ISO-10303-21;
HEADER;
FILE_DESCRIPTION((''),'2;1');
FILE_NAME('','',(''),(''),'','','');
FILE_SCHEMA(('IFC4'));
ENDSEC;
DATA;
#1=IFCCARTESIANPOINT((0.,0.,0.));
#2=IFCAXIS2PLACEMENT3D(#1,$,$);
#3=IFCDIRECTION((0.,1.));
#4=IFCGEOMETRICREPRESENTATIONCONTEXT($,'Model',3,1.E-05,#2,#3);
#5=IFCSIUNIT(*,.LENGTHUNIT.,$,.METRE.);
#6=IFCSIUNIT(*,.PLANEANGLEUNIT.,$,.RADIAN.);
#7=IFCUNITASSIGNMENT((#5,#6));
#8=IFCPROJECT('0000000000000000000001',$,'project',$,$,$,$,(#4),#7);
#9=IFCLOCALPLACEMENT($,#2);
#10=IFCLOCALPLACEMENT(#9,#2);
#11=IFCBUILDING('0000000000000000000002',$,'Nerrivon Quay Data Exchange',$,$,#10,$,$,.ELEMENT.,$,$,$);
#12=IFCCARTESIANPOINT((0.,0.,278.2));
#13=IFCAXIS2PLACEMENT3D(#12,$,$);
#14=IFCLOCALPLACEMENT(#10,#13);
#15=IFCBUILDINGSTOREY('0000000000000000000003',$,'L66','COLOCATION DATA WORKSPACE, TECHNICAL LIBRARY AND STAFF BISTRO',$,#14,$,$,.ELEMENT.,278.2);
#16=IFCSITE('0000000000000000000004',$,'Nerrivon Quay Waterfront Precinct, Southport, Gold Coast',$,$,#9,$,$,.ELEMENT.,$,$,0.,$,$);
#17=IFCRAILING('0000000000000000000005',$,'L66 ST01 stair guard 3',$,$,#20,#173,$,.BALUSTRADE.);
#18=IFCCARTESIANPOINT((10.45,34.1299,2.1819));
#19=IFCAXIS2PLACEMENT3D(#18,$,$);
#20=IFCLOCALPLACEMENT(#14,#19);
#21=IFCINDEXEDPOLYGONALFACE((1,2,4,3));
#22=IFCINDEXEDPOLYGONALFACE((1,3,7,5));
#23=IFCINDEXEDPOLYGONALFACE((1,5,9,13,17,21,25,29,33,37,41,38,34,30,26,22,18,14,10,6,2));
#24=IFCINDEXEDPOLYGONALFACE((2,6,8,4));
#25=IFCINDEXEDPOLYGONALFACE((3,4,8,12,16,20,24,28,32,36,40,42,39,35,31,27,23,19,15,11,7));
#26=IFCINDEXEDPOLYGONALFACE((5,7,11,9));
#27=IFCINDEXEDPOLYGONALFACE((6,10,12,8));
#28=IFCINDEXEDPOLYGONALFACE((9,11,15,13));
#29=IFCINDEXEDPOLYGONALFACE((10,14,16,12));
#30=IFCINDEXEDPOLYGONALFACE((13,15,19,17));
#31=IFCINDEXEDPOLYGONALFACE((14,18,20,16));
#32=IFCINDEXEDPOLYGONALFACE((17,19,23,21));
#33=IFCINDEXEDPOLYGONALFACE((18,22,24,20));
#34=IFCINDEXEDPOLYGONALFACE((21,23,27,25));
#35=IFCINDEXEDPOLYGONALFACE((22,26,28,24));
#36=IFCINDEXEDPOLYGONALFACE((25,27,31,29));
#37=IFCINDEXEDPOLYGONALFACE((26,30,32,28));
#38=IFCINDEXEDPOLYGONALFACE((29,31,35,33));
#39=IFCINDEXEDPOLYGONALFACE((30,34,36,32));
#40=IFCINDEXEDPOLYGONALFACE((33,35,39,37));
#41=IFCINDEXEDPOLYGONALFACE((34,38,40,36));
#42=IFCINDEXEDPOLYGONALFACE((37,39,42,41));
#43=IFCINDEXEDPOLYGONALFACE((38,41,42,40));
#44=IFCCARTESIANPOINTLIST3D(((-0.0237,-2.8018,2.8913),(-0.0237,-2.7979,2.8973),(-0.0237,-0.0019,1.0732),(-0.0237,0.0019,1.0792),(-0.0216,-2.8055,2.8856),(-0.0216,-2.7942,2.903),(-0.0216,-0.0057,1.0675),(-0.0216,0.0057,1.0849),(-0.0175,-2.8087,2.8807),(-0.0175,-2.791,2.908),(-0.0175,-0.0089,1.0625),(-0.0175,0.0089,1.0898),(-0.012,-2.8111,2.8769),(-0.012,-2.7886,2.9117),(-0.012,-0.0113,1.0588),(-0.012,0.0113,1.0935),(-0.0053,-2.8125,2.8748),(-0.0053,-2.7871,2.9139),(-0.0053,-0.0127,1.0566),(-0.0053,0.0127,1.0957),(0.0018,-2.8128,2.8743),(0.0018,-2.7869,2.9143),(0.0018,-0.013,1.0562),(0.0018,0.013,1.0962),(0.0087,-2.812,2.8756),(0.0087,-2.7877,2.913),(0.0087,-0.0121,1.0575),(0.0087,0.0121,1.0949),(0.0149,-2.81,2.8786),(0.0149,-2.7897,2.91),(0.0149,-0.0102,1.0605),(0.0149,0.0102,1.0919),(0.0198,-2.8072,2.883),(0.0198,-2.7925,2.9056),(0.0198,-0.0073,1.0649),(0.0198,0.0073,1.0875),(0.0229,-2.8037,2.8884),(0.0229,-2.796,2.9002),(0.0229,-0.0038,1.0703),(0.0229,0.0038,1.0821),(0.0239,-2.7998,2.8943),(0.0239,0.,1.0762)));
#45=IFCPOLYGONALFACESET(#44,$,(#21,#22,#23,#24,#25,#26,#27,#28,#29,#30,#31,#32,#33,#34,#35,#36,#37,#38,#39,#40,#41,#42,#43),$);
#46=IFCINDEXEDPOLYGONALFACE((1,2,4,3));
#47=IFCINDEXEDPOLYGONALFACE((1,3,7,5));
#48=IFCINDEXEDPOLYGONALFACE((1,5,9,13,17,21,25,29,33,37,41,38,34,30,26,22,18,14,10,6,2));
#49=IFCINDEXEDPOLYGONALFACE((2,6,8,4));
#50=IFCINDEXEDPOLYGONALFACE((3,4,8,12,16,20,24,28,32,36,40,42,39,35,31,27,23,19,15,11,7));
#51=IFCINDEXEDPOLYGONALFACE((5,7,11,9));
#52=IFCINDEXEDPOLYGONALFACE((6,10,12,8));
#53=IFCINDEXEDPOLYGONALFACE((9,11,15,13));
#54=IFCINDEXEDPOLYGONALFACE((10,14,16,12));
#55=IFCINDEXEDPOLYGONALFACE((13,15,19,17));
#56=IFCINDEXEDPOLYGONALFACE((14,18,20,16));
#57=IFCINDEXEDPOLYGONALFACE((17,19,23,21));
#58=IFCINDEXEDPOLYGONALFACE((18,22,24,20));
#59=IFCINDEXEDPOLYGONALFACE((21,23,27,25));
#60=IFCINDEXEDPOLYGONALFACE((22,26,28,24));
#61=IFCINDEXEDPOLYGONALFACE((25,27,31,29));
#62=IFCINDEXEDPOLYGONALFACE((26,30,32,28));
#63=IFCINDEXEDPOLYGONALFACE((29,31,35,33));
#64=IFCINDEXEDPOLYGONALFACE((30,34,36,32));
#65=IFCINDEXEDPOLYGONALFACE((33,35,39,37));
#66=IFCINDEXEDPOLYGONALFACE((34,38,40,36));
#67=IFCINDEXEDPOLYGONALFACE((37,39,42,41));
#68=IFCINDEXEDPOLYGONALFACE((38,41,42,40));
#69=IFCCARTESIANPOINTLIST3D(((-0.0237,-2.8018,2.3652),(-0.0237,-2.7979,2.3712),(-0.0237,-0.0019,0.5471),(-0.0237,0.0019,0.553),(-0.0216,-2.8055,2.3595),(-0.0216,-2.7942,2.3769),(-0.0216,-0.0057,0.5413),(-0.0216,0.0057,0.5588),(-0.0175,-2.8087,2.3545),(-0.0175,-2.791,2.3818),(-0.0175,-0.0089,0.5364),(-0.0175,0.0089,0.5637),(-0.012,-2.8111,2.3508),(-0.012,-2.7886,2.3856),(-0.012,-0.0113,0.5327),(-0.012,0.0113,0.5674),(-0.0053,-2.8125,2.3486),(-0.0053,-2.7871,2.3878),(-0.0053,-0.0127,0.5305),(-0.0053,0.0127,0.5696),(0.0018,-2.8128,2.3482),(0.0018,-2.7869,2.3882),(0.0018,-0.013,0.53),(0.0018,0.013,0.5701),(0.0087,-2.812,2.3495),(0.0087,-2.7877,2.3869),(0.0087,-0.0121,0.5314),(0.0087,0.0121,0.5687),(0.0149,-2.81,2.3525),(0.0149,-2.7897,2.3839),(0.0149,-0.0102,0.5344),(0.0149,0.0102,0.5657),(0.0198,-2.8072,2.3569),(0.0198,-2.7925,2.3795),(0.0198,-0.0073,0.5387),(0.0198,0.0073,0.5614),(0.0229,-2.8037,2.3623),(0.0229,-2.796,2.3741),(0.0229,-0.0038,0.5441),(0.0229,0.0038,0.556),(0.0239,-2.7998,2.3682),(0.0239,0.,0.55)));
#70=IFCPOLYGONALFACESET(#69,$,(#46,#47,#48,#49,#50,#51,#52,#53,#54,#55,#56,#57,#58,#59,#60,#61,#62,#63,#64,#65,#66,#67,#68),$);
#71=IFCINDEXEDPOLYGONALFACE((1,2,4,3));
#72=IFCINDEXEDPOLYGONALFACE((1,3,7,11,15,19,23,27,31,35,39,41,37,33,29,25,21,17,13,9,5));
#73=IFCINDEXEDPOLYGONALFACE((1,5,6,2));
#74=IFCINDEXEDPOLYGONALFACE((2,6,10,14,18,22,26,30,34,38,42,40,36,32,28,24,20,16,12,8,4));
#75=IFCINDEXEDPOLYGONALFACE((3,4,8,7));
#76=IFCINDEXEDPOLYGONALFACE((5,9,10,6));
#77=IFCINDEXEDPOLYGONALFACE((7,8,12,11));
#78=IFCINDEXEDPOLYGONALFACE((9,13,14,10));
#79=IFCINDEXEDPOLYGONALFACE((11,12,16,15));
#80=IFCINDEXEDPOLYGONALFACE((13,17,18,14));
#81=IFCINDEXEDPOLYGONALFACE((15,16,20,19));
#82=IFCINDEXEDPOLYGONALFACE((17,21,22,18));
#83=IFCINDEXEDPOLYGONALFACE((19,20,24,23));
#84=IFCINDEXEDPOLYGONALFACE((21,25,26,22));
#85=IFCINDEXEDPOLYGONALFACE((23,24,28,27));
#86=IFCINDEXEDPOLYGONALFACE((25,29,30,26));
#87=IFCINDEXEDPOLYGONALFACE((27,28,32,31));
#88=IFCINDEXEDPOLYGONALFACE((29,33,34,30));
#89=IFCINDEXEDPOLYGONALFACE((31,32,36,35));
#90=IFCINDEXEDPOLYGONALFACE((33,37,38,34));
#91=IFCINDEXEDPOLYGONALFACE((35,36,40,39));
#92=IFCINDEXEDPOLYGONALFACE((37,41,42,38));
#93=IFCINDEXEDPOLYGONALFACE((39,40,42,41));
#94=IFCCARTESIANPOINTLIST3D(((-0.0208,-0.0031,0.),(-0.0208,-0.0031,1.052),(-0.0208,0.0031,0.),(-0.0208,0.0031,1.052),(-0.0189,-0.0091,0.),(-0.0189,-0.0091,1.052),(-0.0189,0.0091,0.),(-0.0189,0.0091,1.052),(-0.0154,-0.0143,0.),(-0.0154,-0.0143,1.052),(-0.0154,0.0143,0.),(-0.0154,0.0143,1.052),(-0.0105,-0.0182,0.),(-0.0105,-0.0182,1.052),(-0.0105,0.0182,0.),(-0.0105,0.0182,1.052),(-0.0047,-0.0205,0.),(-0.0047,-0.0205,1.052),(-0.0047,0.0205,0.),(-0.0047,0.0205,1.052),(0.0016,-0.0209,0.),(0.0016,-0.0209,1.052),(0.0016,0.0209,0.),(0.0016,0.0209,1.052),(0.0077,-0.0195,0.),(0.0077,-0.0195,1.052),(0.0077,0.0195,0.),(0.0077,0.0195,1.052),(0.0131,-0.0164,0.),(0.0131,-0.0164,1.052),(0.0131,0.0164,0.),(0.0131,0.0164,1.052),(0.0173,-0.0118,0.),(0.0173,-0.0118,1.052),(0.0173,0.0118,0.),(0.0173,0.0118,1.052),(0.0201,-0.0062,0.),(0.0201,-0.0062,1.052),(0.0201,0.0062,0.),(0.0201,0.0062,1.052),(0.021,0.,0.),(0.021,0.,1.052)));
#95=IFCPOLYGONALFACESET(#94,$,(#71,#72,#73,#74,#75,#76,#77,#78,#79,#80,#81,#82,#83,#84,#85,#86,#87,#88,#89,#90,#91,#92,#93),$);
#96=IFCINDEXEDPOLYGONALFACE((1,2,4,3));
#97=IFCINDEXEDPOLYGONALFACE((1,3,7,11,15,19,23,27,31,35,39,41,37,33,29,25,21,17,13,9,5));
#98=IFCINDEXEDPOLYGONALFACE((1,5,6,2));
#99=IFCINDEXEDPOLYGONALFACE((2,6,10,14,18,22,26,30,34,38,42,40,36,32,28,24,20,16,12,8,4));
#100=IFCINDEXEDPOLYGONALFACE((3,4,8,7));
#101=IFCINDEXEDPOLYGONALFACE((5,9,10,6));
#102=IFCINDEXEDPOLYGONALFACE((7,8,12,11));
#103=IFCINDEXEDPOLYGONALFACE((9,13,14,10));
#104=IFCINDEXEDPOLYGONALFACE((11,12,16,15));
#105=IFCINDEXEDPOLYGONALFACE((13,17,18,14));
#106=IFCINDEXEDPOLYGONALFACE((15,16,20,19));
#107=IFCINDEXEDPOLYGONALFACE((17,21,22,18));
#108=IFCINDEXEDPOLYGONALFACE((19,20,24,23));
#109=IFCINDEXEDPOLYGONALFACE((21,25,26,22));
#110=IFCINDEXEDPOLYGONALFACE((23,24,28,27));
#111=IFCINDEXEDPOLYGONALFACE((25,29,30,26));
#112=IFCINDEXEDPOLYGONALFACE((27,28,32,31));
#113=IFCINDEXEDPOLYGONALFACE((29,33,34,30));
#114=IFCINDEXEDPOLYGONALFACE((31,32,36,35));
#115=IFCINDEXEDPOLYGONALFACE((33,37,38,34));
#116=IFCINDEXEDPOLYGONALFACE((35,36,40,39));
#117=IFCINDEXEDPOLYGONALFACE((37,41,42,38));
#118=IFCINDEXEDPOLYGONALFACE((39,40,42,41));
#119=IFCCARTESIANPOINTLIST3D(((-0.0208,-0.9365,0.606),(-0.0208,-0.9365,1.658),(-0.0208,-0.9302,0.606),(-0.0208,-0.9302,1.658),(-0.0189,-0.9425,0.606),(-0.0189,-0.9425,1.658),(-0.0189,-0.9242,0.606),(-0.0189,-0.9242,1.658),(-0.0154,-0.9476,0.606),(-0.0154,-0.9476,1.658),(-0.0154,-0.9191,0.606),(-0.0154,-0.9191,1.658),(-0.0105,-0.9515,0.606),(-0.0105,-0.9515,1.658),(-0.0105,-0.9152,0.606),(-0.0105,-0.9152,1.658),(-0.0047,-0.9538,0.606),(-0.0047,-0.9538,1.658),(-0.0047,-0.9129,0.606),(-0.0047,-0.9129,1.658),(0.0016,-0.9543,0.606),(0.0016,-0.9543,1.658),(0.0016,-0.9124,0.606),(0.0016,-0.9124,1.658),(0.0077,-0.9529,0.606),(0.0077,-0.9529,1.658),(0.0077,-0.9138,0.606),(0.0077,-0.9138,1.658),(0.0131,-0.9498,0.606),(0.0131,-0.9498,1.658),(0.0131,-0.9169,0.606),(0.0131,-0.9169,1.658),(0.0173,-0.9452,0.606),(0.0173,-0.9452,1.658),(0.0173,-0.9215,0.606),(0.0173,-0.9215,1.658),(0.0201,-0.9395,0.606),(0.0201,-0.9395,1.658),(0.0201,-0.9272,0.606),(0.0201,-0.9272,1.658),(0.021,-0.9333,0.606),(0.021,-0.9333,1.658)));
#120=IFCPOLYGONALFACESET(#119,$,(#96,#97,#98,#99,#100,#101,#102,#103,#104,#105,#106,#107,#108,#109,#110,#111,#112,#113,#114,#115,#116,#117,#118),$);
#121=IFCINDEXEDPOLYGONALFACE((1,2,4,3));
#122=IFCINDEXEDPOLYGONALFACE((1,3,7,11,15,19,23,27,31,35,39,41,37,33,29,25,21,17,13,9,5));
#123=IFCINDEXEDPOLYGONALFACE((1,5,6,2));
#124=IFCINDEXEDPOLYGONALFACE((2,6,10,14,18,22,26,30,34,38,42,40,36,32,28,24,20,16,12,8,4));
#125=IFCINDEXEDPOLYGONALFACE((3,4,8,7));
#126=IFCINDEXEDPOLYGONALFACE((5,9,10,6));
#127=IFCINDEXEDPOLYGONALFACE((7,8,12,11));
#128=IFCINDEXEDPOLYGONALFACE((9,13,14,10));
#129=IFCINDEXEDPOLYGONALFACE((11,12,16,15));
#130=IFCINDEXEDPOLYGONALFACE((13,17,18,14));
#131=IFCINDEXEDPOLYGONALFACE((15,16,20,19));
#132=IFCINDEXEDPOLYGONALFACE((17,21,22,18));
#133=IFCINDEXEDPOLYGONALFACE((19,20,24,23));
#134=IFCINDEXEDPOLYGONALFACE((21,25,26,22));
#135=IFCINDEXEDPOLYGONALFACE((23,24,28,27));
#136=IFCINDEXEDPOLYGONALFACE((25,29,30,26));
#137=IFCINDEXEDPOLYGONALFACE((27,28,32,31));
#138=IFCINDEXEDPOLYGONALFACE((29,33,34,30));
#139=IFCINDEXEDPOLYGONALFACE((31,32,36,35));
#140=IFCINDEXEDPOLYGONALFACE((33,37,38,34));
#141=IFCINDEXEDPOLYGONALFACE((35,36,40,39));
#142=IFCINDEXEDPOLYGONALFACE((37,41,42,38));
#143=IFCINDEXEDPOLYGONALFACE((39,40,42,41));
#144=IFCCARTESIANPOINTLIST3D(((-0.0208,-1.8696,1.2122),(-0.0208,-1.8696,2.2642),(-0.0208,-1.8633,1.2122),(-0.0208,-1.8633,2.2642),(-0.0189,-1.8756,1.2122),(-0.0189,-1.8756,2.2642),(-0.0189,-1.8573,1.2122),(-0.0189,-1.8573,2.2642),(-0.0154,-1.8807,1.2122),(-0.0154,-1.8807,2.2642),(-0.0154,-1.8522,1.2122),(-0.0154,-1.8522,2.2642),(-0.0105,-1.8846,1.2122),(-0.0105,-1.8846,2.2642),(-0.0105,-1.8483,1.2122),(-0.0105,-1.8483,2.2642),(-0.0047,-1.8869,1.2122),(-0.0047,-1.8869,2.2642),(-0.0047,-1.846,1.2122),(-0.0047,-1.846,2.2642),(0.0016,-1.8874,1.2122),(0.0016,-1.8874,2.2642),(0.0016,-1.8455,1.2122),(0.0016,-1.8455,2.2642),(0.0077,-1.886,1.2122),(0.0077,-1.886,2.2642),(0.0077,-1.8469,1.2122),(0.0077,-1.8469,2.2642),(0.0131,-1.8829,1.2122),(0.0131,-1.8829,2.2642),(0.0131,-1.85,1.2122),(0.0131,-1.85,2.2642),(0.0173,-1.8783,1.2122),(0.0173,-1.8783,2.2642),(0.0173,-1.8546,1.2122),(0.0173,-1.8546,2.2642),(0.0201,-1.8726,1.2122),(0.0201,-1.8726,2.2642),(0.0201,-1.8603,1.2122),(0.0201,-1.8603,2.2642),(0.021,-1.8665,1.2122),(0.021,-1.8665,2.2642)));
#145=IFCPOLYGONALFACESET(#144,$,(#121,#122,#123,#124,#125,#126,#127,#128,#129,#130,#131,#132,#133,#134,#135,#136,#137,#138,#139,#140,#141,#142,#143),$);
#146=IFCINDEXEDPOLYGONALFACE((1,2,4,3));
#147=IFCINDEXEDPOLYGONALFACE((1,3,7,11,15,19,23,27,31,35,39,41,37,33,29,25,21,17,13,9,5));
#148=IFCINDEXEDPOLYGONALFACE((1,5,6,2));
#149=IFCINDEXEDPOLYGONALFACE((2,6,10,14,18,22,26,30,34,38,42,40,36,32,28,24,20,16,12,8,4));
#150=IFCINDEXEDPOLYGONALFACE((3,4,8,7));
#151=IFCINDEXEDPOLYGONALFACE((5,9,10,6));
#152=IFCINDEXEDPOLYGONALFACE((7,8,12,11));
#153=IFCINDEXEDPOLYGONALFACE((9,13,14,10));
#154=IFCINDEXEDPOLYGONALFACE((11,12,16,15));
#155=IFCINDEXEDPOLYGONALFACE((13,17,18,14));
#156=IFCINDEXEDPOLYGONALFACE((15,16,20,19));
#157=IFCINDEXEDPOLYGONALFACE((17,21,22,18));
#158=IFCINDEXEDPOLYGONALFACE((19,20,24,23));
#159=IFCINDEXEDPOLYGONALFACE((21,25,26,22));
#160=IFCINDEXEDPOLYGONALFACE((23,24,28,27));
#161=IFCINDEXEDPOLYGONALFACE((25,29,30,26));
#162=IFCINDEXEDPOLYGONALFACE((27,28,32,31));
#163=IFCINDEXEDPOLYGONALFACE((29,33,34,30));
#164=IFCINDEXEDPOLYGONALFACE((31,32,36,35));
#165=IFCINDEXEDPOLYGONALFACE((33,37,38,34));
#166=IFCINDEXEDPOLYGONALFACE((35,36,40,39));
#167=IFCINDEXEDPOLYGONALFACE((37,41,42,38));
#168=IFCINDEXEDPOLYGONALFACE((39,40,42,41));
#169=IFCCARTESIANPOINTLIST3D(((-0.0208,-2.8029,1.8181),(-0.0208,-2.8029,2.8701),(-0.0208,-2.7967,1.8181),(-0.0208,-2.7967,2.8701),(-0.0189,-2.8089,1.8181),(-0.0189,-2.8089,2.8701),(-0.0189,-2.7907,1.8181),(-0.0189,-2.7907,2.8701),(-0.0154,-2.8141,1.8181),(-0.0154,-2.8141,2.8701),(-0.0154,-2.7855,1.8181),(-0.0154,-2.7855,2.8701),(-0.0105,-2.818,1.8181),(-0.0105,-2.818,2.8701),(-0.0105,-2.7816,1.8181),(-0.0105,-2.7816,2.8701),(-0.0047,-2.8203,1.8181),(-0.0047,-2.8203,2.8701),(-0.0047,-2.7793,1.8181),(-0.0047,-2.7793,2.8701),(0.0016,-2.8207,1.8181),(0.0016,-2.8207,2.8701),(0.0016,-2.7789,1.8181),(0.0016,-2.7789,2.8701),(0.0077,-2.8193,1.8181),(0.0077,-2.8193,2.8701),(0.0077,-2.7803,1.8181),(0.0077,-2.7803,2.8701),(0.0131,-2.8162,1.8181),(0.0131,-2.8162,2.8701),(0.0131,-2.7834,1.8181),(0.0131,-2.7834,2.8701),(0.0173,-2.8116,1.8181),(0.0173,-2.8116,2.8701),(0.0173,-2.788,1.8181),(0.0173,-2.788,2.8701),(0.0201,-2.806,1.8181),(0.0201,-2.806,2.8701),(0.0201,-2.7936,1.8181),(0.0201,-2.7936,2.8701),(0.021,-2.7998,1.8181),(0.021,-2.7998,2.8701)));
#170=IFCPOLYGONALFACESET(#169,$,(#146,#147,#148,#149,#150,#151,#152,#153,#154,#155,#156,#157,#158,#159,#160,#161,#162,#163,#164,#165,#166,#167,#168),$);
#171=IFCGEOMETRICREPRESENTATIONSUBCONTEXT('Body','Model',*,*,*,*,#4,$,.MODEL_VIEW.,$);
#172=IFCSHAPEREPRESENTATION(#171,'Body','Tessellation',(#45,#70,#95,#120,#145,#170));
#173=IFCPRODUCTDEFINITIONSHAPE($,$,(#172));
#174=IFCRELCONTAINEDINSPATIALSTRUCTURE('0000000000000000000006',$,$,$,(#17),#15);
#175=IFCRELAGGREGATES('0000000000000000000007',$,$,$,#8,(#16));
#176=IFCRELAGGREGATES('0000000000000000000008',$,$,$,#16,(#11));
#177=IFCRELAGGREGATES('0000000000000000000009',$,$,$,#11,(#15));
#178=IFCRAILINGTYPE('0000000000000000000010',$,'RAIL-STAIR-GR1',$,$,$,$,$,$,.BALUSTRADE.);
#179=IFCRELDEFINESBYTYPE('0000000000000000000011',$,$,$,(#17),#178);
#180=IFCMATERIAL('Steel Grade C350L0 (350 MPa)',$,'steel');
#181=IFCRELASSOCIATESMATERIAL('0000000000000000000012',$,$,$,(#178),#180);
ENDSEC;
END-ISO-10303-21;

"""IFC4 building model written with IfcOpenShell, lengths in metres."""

from ifc_helpers import new_model, si_unit, direction, frame, origin, origin_2d, place, context, subcontext, project, spatial, circle, extrude, material, type_object, element, save


model = new_model("IFC4")

# Units and contexts
model_context = context("Model", 3, precision=1e-05, world=origin(), true_north=direction((0.0, 1.0)))
body_context = subcontext(model_context, "Body", "Model", "MODEL_VIEW")
ifc_project = project(units=[si_unit("LENGTHUNIT", "METRE"), si_unit("PLANEANGLEUNIT", "RADIAN")], contexts=[model_context])

# Site, building, storey
site_placement = place(None, origin())
site = spatial("IfcSite", under=ifc_project, at=site_placement, Name="Nerrivon Quay Waterfront Precinct, Southport, Gold Coast", CompositionType="ELEMENT", RefElevation=0.0)
building_placement = place(site_placement, origin())
building = spatial("IfcBuilding", under=site, at=building_placement, Name="Nerrivon Quay Data Exchange", CompositionType="ELEMENT")
storey_placement = place(building_placement, frame((0.0, 0.0, 278.2)))
storey = spatial("IfcBuildingStorey", under=building, at=storey_placement, Name="L66", Description="COLOCATION DATA WORKSPACE, TECHNICAL LIBRARY AND STAFF BISTRO", CompositionType="ELEMENT", Elevation=278.2)

# Shared definitions
ifc_material_1 = material(Name="Steel Grade C350L0 (350 MPa)", Category="steel")

# Railing
railing_type_1 = type_object("IfcRailingType", Name="RAIL-STAIR-GR1", PredefinedType="BALUSTRADE", material=ifc_material_1)
railing_1_placement = place(storey_placement, frame((10.45, 34.1299, 2.1819)))
element("IfcRailing", 1, at=railing_1_placement, inside=storey, type_object=railing_type_1, Name="L66 ST01 stair guard 3", PredefinedType="BALUSTRADE", context=body_context, shape_type="SweptSolid", body=[
    extrude(circle(Radius=0.0239, at=origin_2d()), frame((0.0, 0.0, 1.0762), z_axis=(0.0, -0.838684, 0.544618), x_axis=(1.0, 0.0, 0.0)), (0.0, 0.0, 1.0), 3.3384),
    extrude(circle(Radius=0.0239, at=origin_2d()), frame((0.0, 0.0, 0.55), z_axis=(0.0, -0.838684, 0.544618), x_axis=(1.0, 0.0, 0.0)), (0.0, 0.0, 1.0), 3.3384),
    extrude(circle(Radius=0.021, at=origin_2d()), origin(), (0.0, 0.0, 1.0), 1.052),
    extrude(circle(Radius=0.021, at=origin_2d()), frame((0.0, -0.9333, 0.606)), (0.0, 0.0, 1.0), 1.052),
    extrude(circle(Radius=0.021, at=origin_2d()), frame((0.0, -1.8665, 1.2122)), (0.0, 0.0, 1.0), 1.052),
    extrude(circle(Radius=0.021, at=origin_2d()), frame((0.0, -2.7998, 1.8181)), (0.0, 0.0, 1.0), 1.052),
])

save(model, "model.ifc")
